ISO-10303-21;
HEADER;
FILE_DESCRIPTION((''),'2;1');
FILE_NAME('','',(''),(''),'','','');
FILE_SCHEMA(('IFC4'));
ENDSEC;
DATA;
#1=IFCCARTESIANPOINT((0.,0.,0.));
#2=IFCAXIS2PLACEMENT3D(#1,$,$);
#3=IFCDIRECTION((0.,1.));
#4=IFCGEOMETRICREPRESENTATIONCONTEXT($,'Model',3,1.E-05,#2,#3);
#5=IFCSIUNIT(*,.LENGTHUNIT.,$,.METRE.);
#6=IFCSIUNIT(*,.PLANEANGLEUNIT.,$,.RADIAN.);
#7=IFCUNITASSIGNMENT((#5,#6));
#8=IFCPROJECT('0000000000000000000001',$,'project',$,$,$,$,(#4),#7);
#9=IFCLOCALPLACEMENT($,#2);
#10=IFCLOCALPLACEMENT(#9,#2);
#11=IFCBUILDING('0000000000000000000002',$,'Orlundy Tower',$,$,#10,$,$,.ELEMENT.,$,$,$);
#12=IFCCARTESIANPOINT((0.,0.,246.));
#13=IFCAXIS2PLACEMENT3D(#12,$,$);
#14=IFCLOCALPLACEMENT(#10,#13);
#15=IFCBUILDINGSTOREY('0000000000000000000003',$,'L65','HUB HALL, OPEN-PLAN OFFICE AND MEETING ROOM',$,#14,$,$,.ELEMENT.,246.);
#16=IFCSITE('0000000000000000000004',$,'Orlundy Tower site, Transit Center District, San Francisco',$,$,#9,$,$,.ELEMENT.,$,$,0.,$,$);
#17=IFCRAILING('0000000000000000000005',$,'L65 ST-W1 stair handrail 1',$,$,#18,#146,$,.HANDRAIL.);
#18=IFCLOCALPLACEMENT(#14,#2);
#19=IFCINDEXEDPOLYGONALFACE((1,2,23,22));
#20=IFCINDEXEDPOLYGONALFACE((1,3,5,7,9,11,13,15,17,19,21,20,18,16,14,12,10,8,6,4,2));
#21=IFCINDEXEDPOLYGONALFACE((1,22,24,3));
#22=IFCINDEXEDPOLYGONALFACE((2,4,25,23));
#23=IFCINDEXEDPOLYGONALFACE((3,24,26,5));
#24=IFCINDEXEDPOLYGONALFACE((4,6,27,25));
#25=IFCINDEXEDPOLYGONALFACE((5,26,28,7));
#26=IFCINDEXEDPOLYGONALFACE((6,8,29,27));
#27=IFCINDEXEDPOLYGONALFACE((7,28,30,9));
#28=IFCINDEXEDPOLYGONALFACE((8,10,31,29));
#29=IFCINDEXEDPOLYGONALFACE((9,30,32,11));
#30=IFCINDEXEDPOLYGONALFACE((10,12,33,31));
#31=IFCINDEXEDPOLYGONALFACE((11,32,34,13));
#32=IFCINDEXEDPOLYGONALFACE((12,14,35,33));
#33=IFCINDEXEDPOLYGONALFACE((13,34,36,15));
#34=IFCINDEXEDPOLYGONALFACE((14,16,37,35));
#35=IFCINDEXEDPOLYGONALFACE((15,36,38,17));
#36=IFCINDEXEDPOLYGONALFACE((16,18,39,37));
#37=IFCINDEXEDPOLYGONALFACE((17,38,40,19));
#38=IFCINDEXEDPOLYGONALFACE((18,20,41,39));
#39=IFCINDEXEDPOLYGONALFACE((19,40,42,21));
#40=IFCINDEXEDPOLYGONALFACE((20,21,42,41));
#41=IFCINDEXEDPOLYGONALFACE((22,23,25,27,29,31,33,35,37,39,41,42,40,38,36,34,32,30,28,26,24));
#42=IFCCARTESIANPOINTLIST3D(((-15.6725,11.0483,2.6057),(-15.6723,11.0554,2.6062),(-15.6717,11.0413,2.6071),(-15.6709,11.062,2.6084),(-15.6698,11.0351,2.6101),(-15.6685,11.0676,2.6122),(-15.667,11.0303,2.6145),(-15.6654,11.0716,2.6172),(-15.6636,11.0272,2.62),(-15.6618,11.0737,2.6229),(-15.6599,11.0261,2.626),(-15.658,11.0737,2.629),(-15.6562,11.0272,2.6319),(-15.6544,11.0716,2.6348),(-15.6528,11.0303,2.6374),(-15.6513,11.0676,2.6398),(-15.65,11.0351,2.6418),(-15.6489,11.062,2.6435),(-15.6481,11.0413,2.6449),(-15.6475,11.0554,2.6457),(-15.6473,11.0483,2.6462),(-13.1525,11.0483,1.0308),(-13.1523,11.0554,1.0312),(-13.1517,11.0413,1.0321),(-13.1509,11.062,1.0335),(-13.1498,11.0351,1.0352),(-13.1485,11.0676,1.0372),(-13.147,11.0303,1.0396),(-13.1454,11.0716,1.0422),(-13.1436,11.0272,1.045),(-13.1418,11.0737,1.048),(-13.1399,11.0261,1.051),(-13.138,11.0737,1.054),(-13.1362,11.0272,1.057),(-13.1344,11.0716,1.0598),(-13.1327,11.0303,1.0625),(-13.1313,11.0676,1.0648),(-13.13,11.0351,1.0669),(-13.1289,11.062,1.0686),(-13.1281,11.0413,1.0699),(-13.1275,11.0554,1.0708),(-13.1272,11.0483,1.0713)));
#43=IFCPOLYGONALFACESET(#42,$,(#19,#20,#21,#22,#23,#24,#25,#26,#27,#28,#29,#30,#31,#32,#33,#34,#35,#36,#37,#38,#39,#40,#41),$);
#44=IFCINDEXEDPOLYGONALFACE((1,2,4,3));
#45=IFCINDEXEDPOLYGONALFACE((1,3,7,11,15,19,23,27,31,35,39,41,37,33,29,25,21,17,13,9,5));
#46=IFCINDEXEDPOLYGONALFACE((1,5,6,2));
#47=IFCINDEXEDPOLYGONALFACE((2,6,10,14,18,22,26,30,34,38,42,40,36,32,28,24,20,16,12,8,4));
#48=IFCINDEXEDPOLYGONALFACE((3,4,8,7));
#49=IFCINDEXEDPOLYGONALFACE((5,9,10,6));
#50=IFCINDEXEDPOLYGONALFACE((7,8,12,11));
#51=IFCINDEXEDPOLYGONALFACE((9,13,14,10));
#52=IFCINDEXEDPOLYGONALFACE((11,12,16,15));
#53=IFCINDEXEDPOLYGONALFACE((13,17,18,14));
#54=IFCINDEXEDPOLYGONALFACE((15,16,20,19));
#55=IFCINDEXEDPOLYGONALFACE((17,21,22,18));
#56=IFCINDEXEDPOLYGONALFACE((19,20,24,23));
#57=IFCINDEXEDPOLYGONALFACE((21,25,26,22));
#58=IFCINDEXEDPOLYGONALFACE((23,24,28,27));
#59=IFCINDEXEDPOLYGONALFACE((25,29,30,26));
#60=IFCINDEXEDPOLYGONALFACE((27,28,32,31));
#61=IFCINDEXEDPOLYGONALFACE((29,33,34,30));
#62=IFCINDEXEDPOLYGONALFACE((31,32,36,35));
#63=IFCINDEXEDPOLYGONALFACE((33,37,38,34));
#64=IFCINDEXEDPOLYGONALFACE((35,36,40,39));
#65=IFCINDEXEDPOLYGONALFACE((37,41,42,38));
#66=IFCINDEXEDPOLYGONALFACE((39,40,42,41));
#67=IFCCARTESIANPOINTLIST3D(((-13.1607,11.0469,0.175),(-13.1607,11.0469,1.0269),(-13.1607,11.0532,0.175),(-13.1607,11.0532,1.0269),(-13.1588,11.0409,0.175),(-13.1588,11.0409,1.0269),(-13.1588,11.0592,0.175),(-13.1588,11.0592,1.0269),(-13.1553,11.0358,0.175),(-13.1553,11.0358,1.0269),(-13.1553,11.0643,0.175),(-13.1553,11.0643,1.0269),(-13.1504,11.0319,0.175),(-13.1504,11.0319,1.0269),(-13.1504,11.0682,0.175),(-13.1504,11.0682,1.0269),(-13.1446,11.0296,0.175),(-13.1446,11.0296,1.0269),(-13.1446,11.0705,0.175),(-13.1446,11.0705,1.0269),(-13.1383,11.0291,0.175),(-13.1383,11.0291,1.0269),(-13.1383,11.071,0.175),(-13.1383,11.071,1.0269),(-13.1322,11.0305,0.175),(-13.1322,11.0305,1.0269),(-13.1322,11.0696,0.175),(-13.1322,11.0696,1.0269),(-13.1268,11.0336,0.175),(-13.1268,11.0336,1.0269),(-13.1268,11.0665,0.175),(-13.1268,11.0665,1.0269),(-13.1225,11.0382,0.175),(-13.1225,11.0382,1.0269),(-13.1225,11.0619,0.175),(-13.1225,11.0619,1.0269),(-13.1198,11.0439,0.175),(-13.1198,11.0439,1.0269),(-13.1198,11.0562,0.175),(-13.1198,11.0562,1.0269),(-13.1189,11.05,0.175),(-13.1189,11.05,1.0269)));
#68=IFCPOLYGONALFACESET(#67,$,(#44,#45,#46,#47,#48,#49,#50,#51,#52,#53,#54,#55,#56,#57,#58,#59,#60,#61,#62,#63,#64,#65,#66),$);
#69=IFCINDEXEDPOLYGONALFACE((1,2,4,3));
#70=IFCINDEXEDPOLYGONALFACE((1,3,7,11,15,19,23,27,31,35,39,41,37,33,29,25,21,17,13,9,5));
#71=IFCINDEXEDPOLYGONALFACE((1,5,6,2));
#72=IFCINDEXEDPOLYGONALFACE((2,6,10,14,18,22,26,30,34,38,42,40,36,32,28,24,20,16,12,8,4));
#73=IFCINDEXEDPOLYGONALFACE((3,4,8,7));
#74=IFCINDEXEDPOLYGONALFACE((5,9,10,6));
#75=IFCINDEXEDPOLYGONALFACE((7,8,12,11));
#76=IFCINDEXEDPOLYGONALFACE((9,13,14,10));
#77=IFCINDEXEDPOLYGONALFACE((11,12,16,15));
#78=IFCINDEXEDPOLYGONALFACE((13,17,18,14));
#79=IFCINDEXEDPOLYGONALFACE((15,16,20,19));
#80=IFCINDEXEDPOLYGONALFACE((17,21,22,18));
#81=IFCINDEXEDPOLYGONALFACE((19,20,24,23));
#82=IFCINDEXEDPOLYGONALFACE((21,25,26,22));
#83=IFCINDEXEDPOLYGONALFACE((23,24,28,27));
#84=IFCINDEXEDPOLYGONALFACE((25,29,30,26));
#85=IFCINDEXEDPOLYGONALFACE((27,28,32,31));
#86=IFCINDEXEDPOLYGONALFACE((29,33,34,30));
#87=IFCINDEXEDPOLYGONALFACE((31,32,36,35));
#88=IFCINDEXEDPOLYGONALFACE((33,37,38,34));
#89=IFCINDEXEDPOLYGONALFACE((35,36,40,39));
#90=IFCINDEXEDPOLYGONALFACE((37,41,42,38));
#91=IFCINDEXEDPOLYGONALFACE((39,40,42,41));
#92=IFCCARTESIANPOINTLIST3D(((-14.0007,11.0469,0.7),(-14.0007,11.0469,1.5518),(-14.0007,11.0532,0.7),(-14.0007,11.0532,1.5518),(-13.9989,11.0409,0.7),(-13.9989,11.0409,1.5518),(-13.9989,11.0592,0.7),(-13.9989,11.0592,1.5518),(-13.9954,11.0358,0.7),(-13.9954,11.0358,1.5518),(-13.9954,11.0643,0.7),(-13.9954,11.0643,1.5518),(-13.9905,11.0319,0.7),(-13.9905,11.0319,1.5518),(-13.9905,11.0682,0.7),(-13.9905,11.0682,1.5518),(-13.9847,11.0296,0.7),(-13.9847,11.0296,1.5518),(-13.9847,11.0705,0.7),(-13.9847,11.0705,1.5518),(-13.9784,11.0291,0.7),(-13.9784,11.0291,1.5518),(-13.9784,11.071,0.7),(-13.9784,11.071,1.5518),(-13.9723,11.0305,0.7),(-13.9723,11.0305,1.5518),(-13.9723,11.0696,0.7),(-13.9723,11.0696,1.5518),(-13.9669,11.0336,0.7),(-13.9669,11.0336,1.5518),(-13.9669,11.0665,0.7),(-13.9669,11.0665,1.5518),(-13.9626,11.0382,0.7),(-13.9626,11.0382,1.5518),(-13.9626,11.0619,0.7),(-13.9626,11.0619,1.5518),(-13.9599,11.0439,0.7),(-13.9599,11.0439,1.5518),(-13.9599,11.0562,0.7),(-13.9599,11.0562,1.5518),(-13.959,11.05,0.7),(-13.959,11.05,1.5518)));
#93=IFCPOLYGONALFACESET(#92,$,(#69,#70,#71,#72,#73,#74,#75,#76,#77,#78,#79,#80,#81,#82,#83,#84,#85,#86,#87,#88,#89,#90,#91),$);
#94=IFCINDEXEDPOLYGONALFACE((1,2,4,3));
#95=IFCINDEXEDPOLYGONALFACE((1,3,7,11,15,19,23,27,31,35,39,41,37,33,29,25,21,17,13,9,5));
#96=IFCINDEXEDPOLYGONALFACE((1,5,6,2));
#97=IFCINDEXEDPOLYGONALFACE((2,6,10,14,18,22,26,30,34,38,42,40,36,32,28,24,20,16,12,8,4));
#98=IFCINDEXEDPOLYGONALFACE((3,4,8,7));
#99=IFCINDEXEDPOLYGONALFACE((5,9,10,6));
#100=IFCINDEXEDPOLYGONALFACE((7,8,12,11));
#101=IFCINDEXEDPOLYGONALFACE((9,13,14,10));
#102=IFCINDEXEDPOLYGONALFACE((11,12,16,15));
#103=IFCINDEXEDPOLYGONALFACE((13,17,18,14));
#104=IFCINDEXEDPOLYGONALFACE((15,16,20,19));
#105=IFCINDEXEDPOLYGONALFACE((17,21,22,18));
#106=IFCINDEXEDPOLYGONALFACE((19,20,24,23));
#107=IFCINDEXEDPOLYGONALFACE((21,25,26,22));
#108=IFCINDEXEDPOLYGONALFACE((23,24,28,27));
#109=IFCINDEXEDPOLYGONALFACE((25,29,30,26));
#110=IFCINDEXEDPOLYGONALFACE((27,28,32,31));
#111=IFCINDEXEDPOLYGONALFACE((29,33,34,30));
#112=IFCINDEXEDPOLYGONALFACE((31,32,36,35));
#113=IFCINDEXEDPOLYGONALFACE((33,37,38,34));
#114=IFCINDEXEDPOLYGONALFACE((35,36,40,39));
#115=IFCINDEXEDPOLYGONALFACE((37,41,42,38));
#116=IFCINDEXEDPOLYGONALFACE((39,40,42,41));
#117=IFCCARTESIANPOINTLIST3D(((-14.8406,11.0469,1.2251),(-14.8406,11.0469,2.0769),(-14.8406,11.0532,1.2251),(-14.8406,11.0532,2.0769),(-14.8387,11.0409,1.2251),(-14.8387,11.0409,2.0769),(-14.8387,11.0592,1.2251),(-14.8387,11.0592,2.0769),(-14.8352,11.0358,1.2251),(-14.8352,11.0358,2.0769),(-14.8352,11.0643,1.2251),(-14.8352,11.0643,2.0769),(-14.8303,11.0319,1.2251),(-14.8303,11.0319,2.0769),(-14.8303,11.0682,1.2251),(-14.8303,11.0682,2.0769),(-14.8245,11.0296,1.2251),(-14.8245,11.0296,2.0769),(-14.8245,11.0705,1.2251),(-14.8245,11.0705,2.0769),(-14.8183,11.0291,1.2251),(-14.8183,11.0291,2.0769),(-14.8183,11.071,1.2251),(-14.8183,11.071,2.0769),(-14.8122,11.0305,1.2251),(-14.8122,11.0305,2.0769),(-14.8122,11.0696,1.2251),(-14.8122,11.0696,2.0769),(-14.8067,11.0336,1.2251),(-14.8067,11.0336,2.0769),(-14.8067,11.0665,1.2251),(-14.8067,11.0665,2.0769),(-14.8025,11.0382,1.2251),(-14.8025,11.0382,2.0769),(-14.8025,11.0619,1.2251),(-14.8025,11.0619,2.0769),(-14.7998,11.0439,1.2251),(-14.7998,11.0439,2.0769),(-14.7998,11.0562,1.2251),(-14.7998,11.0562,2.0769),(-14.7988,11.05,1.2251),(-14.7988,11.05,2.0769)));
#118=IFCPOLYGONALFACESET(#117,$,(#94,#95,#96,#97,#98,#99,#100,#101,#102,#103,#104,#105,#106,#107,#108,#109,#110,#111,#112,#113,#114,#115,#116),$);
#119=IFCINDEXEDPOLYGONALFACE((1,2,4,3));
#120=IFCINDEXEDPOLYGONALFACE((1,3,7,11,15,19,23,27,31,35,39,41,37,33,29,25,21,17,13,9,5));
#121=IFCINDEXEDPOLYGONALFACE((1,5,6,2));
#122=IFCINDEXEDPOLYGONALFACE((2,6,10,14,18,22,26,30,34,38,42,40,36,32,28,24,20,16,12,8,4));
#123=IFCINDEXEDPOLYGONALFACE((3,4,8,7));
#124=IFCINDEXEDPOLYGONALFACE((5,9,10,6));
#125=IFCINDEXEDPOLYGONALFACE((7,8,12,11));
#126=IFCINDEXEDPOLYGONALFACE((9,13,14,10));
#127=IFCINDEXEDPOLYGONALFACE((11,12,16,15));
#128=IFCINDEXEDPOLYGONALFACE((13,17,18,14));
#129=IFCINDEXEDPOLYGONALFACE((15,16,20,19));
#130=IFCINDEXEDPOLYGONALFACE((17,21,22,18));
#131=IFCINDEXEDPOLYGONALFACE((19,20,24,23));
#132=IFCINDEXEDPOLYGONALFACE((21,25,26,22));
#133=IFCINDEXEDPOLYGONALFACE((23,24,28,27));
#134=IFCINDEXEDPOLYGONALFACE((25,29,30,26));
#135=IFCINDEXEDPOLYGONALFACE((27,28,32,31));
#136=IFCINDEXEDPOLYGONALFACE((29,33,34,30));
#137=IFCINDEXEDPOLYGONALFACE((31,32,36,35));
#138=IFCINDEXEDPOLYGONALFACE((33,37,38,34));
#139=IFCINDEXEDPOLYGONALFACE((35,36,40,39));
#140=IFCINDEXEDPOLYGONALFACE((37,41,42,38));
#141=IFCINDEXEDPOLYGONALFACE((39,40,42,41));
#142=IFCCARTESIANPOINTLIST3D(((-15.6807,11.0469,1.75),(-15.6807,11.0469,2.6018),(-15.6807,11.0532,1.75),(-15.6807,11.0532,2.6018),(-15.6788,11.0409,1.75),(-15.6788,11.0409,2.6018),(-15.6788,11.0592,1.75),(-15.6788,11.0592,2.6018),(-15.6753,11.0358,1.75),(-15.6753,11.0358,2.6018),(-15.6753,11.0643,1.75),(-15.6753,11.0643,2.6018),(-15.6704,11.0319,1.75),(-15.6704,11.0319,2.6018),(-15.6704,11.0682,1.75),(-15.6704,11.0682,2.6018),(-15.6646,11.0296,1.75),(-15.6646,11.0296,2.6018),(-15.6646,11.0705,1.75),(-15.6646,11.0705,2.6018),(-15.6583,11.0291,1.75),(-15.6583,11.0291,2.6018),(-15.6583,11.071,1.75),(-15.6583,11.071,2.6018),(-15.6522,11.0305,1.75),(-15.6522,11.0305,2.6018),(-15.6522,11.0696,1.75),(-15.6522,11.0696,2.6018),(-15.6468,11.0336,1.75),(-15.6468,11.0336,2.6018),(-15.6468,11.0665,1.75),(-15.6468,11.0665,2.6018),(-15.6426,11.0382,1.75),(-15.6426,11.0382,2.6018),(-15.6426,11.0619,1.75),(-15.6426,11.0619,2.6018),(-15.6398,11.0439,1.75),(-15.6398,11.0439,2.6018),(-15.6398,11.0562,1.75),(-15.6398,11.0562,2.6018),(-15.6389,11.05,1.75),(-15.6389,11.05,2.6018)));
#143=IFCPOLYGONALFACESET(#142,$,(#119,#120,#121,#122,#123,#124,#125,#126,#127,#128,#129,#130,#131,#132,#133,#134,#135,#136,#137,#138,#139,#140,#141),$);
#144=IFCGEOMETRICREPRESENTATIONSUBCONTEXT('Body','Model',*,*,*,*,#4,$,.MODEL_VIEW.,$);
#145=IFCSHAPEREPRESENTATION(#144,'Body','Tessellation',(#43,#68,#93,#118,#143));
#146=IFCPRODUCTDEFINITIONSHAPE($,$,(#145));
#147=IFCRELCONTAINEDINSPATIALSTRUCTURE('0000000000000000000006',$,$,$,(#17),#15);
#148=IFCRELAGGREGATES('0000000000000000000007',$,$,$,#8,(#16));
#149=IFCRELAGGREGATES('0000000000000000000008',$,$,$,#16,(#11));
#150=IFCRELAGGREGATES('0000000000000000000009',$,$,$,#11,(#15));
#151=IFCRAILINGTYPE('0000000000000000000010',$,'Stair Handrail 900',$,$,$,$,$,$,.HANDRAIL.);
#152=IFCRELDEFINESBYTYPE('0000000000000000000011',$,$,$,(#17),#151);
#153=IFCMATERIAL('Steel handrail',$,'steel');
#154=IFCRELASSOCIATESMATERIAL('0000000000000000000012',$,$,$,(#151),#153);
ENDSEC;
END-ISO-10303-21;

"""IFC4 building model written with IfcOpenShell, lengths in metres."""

from ifc_helpers import new_model, si_unit, direction, frame, origin, origin_2d, place, context, subcontext, project, spatial, circle, extrude, material, type_object, element, save


model = new_model("IFC4")

# Units and contexts
model_context = context("Model", 3, precision=1e-05, world=origin(), true_north=direction((0.0, 1.0)))
body_context = subcontext(model_context, "Body", "Model", "MODEL_VIEW")
ifc_project = project(units=[si_unit("LENGTHUNIT", "METRE"), si_unit("PLANEANGLEUNIT", "RADIAN")], contexts=[model_context])

# Site, building, storey
site_placement = place(None, origin())
site = spatial("IfcSite", under=ifc_project, at=site_placement, Name="Orlundy Tower site, Transit Center District, San Francisco", CompositionType="ELEMENT", RefElevation=0.0)
building_placement = place(site_placement, origin())
building = spatial("IfcBuilding", under=site, at=building_placement, Name="Orlundy Tower", CompositionType="ELEMENT")
storey_placement = place(building_placement, frame((0.0, 0.0, 246.0)))
storey = spatial("IfcBuildingStorey", under=building, at=storey_placement, Name="L65", Description="HUB HALL, OPEN-PLAN OFFICE AND MEETING ROOM", CompositionType="ELEMENT", Elevation=246.0)

# Railing
ifc_material_1 = material(Name="Steel handrail", Category="steel")
railing_type = type_object("IfcRailingType", Name="Stair Handrail 900", PredefinedType="HANDRAIL", material=ifc_material_1)
railing_placement = place(storey_placement, frame((-13.1399, 11.05, 0.175)))
element("IfcRailing", 1, at=railing_placement, inside=storey, type_object=railing_type, Name="L65 ST-W1 stair handrail 1", PredefinedType="HANDRAIL", context=body_context, shape_type="SweptSolid", body=[
    extrude(circle(Radius=0.0239, at=origin_2d()), frame((0.0, 0.0, 0.876), z_axis=(-0.848008, 0.0, 0.529984), x_axis=(0.0, -1.0, 0.0)), (0.0, 0.0, 1.0), 2.9717),
    extrude(circle(Radius=0.021, at=origin_2d()), origin(), (0.0, 0.0, 1.0), 0.8518),
    extrude(circle(Radius=0.021, at=origin_2d()), frame((-0.8401, 0.0, 0.5249)), (0.0, 0.0, 1.0), 0.8518),
    extrude(circle(Radius=0.021, at=origin_2d()), frame((-1.6799, 0.0, 1.05)), (0.0, 0.0, 1.0), 0.8518),
    extrude(circle(Radius=0.021, at=origin_2d()), frame((-2.52, 0.0, 1.575)), (0.0, 0.0, 1.0), 0.8518),
])

save(model, "model.ifc")
